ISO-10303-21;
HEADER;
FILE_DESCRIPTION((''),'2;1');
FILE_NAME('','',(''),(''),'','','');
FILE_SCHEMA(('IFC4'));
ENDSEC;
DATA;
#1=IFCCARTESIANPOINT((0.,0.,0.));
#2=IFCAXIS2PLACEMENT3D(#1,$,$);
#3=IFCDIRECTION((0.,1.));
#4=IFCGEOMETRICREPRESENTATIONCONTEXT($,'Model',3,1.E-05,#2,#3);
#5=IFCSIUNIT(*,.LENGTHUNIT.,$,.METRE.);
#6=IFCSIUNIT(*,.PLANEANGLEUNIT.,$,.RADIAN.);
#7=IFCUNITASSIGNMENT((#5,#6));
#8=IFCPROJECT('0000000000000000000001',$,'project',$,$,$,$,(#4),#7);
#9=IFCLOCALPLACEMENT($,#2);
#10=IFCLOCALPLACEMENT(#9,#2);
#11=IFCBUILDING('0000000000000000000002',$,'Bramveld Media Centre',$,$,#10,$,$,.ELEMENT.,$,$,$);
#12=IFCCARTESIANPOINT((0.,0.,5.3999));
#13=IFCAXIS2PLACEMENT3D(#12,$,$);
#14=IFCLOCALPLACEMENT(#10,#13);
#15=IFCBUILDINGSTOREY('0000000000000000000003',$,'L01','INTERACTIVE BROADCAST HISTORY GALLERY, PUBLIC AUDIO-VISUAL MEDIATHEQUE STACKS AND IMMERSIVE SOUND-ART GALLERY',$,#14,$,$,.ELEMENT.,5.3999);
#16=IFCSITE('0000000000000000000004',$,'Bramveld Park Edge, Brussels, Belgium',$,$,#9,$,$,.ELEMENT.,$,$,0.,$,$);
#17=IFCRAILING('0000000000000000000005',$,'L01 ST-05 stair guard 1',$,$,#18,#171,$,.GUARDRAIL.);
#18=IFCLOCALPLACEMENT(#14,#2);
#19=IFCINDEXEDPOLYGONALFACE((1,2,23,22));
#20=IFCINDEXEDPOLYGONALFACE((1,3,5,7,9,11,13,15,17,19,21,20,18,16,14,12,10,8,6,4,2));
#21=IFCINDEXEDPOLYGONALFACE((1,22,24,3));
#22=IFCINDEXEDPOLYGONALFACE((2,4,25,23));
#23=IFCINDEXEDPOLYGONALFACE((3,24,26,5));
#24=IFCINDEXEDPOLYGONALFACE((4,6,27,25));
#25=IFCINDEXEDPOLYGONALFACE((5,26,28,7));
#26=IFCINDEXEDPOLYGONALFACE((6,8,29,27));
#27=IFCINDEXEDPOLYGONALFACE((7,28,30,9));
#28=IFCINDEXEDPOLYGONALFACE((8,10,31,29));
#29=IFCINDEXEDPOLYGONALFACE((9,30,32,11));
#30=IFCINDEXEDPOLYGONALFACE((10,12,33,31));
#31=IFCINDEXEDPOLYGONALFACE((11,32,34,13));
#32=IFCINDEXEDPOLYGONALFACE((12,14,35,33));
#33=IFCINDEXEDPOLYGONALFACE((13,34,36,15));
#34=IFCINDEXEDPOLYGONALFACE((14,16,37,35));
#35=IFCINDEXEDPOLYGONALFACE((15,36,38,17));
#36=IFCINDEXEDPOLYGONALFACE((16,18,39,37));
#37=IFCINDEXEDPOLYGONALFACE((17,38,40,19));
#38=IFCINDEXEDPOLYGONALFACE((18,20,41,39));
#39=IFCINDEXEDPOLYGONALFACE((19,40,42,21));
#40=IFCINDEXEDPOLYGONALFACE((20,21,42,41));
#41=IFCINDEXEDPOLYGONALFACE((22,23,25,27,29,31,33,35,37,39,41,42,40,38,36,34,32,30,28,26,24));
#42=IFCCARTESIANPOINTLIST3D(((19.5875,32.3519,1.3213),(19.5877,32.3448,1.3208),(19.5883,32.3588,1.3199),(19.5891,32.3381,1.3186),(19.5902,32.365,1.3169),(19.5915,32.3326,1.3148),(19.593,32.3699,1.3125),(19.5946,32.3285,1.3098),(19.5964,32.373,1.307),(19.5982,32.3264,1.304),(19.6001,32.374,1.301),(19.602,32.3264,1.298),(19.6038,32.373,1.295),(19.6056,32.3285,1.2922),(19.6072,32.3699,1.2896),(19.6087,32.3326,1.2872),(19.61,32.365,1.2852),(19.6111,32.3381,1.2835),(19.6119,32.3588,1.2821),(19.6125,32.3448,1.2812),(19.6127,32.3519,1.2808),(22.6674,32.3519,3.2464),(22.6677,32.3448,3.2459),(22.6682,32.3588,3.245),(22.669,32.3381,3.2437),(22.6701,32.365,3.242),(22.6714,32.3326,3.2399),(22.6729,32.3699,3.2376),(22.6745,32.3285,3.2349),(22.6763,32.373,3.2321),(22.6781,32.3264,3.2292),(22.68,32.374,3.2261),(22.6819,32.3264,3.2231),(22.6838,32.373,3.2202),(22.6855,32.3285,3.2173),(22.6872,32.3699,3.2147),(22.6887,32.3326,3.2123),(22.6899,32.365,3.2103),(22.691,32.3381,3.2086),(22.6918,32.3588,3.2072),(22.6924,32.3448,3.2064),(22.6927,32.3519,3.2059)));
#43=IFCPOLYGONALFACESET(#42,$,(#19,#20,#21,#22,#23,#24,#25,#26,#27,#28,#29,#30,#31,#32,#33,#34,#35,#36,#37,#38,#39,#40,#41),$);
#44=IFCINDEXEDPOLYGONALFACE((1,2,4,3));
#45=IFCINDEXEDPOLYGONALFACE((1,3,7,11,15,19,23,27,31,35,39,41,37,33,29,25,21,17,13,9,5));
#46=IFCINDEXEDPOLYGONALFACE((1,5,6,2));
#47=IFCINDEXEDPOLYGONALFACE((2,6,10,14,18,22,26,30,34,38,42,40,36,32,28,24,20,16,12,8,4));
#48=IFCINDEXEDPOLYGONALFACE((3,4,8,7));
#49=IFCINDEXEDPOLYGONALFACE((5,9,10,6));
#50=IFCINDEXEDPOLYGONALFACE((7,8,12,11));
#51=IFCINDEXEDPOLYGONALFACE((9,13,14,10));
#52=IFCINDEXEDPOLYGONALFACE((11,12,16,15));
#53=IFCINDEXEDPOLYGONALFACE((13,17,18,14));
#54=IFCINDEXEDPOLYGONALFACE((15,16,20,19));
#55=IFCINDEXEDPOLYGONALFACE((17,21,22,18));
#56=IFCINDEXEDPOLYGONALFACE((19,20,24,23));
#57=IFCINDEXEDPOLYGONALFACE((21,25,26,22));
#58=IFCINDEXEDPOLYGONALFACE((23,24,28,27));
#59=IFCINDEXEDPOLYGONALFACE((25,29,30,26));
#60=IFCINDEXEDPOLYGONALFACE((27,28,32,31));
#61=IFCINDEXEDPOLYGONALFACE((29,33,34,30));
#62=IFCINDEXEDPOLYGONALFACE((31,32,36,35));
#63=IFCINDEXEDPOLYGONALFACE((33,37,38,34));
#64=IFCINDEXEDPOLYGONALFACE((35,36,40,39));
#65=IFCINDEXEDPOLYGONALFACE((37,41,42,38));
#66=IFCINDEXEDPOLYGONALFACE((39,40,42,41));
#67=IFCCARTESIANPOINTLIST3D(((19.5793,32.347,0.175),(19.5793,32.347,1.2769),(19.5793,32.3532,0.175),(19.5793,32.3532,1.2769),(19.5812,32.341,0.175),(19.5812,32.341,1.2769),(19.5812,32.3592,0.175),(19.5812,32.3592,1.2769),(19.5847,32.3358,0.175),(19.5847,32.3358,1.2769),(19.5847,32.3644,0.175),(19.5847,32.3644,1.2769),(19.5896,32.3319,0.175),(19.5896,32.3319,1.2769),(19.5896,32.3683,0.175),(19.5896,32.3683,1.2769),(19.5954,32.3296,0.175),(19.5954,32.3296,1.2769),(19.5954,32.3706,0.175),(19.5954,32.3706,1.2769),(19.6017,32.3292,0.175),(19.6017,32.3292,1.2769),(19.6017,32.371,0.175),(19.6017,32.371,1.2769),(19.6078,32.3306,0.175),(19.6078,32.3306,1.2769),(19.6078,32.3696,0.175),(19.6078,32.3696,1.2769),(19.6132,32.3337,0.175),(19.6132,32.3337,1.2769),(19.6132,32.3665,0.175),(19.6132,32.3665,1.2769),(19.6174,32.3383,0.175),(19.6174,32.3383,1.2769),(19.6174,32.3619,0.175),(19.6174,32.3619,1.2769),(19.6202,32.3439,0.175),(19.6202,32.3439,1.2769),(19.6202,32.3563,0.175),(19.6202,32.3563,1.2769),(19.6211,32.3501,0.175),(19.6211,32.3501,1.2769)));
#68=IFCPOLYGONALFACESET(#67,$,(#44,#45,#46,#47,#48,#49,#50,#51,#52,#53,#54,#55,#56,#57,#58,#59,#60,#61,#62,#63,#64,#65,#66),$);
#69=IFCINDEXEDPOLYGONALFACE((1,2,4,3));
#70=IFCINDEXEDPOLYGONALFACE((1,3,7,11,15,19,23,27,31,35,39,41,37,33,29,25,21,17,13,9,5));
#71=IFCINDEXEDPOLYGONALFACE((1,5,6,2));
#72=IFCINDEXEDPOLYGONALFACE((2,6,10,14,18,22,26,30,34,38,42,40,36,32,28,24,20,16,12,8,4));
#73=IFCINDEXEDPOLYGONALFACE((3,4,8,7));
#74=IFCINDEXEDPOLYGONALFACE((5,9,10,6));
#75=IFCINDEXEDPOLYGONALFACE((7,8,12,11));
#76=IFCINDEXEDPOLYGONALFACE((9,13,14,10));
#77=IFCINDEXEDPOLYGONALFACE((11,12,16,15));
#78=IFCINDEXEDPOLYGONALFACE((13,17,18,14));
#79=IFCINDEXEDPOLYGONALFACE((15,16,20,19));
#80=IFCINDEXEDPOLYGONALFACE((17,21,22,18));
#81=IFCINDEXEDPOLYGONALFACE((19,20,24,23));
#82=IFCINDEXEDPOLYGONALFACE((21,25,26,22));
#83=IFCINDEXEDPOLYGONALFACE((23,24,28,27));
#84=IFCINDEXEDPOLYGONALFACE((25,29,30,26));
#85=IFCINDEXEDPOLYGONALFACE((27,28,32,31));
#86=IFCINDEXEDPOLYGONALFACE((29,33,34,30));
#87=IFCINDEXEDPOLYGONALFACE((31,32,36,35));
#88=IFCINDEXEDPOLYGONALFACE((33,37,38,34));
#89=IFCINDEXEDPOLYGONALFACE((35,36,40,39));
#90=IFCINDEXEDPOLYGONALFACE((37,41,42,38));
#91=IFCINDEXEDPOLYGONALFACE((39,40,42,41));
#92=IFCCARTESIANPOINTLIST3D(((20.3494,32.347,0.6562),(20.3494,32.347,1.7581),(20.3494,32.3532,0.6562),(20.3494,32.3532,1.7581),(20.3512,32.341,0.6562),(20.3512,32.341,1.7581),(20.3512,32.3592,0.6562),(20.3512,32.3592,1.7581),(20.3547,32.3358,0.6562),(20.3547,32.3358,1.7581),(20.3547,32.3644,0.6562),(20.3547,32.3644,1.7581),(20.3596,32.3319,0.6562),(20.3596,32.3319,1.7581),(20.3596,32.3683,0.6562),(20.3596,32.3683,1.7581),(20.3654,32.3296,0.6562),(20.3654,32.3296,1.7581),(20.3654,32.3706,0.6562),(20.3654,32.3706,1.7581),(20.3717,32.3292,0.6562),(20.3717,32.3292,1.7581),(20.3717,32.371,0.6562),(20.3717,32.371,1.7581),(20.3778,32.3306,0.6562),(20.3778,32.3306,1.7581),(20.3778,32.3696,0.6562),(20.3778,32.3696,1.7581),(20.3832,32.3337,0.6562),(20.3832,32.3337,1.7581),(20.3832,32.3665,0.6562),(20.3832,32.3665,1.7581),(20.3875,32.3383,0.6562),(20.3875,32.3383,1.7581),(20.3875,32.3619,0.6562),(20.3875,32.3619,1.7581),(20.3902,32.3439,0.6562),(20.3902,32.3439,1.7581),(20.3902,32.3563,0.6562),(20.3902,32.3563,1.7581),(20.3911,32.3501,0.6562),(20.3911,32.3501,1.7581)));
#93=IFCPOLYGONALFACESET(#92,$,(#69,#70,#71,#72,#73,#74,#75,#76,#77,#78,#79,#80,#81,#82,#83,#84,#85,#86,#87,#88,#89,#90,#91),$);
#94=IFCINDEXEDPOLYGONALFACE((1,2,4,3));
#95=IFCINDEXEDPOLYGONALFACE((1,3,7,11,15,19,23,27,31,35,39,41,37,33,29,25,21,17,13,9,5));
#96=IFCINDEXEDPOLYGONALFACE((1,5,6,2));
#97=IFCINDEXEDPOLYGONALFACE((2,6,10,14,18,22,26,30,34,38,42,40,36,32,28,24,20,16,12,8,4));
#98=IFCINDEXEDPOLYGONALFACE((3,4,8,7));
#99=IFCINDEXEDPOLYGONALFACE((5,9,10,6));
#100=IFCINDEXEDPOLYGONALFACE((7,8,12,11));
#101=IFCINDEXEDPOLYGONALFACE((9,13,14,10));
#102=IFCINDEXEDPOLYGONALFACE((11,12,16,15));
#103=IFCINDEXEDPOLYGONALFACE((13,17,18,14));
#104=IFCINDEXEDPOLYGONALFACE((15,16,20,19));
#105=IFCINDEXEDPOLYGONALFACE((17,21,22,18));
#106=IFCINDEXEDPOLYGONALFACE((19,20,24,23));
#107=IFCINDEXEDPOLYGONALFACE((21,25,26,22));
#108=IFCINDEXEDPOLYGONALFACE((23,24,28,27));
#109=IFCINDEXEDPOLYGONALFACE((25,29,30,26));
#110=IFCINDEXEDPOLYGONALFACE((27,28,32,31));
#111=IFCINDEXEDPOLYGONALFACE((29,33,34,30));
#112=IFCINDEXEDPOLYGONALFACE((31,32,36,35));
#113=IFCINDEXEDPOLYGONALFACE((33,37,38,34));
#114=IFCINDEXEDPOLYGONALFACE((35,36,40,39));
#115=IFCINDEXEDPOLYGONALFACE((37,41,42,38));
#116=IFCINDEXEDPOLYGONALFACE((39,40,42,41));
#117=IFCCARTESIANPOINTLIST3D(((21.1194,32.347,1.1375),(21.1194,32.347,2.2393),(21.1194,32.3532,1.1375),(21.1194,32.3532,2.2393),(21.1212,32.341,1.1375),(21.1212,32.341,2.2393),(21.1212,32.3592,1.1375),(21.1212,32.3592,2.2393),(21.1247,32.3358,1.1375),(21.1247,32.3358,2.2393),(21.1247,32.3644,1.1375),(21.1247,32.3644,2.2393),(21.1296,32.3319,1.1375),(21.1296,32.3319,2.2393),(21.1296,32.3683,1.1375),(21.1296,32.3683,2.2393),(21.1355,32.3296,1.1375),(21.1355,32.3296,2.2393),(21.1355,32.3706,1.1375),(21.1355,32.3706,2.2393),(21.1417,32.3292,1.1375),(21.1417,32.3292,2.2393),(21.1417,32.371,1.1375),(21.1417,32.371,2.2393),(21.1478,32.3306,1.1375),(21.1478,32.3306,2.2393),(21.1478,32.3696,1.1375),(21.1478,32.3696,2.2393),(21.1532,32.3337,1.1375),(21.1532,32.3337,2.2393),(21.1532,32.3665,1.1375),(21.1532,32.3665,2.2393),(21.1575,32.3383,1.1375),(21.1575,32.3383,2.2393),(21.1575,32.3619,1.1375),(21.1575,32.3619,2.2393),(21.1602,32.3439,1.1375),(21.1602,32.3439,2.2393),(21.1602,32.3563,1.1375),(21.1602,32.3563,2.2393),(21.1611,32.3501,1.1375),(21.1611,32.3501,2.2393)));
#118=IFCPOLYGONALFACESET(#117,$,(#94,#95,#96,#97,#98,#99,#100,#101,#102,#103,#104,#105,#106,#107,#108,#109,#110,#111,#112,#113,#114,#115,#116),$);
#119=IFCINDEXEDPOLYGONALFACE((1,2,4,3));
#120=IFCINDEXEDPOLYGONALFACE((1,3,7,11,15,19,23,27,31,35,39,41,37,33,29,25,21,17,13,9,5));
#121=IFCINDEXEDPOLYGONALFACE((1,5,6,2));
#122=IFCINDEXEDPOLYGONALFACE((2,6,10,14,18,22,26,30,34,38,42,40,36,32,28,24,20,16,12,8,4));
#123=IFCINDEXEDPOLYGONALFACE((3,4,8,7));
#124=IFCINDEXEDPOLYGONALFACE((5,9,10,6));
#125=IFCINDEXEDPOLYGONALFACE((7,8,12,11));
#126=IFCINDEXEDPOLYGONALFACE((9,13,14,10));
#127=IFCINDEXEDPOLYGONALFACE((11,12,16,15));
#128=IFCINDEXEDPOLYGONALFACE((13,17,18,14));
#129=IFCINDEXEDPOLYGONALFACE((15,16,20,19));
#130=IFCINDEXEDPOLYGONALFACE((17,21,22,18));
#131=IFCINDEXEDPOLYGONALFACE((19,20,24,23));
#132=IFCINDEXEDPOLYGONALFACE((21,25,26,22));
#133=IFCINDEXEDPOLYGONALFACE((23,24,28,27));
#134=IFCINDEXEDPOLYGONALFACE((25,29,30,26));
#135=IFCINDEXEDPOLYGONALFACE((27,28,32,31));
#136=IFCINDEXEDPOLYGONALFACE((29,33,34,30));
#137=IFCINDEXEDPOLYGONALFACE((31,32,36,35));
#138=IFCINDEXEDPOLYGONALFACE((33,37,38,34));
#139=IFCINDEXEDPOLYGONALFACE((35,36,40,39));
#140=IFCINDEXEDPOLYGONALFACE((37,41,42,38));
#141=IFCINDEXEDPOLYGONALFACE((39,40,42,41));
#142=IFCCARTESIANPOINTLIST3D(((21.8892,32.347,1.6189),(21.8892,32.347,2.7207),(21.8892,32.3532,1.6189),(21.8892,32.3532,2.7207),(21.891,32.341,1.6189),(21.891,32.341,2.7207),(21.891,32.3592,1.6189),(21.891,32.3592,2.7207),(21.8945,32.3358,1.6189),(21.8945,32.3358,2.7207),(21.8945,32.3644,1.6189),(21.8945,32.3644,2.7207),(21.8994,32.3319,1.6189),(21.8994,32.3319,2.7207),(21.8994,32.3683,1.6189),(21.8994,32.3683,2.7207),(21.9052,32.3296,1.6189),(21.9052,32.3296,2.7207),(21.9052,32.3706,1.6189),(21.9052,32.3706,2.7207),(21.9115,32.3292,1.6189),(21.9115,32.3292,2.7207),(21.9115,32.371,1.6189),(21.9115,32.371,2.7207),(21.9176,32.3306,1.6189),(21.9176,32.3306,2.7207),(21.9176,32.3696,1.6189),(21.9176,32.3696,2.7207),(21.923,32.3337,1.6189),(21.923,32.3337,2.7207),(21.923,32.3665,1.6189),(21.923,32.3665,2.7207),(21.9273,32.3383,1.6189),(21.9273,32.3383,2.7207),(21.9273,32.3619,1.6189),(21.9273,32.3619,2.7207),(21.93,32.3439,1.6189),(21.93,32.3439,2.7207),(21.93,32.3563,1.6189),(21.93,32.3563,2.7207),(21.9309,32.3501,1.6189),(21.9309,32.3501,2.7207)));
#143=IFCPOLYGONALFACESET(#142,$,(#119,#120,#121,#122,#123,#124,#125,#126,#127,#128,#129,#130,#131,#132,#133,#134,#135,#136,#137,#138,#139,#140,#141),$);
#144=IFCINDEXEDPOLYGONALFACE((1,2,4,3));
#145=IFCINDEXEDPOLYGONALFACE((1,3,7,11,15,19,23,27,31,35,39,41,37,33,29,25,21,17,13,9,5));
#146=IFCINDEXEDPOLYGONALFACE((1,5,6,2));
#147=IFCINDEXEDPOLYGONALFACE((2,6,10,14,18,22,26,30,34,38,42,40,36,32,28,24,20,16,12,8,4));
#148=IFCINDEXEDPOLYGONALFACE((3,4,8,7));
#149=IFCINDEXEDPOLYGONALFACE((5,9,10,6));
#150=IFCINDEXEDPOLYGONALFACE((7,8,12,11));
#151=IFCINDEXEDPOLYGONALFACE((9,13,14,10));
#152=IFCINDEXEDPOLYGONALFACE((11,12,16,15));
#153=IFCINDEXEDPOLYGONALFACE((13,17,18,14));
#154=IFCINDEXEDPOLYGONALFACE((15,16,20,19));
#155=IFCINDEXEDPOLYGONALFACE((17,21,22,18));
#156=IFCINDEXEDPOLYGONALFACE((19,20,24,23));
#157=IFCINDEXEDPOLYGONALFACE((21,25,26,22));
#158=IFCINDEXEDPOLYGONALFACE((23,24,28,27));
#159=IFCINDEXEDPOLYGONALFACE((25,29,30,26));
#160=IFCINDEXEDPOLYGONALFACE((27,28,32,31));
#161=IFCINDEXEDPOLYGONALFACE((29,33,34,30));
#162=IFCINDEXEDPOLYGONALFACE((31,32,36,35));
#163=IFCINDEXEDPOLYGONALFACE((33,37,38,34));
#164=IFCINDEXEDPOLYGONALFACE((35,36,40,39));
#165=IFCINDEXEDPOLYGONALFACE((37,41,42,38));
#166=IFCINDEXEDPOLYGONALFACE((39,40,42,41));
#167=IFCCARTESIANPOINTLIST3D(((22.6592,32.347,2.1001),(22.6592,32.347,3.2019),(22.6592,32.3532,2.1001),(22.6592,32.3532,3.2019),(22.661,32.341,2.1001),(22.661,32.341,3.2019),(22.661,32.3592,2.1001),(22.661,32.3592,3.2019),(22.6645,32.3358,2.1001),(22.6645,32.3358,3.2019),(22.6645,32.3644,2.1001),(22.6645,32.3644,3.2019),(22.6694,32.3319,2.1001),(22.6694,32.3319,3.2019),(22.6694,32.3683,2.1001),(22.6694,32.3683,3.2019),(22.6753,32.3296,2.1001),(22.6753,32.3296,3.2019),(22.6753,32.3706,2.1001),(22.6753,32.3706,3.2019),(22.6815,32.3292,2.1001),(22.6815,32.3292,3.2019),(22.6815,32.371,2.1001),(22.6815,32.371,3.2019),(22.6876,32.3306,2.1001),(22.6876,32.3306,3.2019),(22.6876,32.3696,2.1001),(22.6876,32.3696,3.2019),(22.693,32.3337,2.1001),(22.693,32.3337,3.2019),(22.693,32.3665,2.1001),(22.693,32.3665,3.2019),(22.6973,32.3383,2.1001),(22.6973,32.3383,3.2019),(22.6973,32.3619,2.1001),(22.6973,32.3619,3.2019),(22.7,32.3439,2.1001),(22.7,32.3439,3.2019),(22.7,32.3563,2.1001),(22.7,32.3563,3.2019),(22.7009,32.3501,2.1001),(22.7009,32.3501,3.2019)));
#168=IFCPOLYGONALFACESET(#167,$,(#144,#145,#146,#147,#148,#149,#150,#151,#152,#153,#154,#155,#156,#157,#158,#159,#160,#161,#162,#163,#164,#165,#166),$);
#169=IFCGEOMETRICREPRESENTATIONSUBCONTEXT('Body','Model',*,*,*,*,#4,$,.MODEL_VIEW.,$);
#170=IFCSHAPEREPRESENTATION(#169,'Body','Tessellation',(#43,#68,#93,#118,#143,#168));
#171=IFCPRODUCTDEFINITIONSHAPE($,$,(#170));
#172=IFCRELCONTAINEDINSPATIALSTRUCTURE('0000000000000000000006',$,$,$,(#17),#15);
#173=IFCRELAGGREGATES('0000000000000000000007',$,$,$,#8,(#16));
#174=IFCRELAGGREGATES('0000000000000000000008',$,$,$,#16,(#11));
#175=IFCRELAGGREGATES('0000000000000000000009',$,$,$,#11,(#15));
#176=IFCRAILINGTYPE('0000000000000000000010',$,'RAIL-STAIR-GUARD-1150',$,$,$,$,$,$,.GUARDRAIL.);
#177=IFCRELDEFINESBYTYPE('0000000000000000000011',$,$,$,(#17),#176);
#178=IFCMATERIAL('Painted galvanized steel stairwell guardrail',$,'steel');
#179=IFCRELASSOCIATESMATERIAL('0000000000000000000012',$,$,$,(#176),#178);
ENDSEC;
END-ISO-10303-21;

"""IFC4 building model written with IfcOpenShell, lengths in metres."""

from ifc_helpers import new_model, si_unit, direction, frame, origin, origin_2d, place, context, subcontext, project, spatial, circle, extrude, material, type_object, element, save


model = new_model("IFC4")

# Units and contexts
model_context = context("Model", 3, precision=1e-05, world=origin(), true_north=direction((0.0, 1.0)))
body_context = subcontext(model_context, "Body", "Model", "MODEL_VIEW")
ifc_project = project(units=[si_unit("LENGTHUNIT", "METRE"), si_unit("PLANEANGLEUNIT", "RADIAN")], contexts=[model_context])

# Site, building, storey
site_placement = place(None, origin())
site = spatial("IfcSite", under=ifc_project, at=site_placement, Name="Bramveld Park Edge, Brussels, Belgium", CompositionType="ELEMENT", RefElevation=0.0)
building_placement = place(site_placement, origin())
building = spatial("IfcBuilding", under=site, at=building_placement, Name="Bramveld Media Centre", CompositionType="ELEMENT")
storey_placement = place(building_placement, frame((0.0, 0.0, 5.3999)))
storey = spatial("IfcBuildingStorey", under=building, at=storey_placement, Name="L01", Description="INTERACTIVE BROADCAST HISTORY GALLERY, PUBLIC AUDIO-VISUAL MEDIATHEQUE STACKS AND IMMERSIVE SOUND-ART GALLERY", CompositionType="ELEMENT", Elevation=5.3999)

# Railing
ifc_material_1 = material(Name="Painted galvanized steel stairwell guardrail", Category="steel")
railing_type_1 = type_object("IfcRailingType", Name="RAIL-STAIR-GUARD-1150", PredefinedType="GUARDRAIL", material=ifc_material_1)
railing_1_placement = place(storey_placement, frame((19.6001, 32.3501, 0.175)))
element("IfcRailing", 1, at=railing_1_placement, inside=storey, type_object=railing_type_1, Name="L01 ST-05 stair guard 1", PredefinedType="GUARDRAIL", context=body_context, shape_type="SweptSolid", body=[
    extrude(circle(Radius=0.0239, at=origin_2d()), frame((0.0, 0.0, 1.126), z_axis=(0.847979, 0.0, 0.530029), x_axis=(0.0, 1.0, 0.0)), (0.0, 0.0, 1.0), 3.6321),
    extrude(circle(Radius=0.021, at=origin_2d()), origin(), (0.0, 0.0, 1.0), 1.1018),
    extrude(circle(Radius=0.021, at=origin_2d()), frame((0.77, 0.0, 0.4812)), (0.0, 0.0, 1.0), 1.1018),
    extrude(circle(Radius=0.021, at=origin_2d()), frame((1.54, 0.0, 0.9624)), (0.0, 0.0, 1.0), 1.1018),
    extrude(circle(Radius=0.021, at=origin_2d()), frame((2.3098, 0.0, 1.4438)), (0.0, 0.0, 1.0), 1.1018),
    extrude(circle(Radius=0.021, at=origin_2d()), frame((3.0798, 0.0, 1.925)), (0.0, 0.0, 1.0), 1.1018),
])

save(model, "model.ifc")
